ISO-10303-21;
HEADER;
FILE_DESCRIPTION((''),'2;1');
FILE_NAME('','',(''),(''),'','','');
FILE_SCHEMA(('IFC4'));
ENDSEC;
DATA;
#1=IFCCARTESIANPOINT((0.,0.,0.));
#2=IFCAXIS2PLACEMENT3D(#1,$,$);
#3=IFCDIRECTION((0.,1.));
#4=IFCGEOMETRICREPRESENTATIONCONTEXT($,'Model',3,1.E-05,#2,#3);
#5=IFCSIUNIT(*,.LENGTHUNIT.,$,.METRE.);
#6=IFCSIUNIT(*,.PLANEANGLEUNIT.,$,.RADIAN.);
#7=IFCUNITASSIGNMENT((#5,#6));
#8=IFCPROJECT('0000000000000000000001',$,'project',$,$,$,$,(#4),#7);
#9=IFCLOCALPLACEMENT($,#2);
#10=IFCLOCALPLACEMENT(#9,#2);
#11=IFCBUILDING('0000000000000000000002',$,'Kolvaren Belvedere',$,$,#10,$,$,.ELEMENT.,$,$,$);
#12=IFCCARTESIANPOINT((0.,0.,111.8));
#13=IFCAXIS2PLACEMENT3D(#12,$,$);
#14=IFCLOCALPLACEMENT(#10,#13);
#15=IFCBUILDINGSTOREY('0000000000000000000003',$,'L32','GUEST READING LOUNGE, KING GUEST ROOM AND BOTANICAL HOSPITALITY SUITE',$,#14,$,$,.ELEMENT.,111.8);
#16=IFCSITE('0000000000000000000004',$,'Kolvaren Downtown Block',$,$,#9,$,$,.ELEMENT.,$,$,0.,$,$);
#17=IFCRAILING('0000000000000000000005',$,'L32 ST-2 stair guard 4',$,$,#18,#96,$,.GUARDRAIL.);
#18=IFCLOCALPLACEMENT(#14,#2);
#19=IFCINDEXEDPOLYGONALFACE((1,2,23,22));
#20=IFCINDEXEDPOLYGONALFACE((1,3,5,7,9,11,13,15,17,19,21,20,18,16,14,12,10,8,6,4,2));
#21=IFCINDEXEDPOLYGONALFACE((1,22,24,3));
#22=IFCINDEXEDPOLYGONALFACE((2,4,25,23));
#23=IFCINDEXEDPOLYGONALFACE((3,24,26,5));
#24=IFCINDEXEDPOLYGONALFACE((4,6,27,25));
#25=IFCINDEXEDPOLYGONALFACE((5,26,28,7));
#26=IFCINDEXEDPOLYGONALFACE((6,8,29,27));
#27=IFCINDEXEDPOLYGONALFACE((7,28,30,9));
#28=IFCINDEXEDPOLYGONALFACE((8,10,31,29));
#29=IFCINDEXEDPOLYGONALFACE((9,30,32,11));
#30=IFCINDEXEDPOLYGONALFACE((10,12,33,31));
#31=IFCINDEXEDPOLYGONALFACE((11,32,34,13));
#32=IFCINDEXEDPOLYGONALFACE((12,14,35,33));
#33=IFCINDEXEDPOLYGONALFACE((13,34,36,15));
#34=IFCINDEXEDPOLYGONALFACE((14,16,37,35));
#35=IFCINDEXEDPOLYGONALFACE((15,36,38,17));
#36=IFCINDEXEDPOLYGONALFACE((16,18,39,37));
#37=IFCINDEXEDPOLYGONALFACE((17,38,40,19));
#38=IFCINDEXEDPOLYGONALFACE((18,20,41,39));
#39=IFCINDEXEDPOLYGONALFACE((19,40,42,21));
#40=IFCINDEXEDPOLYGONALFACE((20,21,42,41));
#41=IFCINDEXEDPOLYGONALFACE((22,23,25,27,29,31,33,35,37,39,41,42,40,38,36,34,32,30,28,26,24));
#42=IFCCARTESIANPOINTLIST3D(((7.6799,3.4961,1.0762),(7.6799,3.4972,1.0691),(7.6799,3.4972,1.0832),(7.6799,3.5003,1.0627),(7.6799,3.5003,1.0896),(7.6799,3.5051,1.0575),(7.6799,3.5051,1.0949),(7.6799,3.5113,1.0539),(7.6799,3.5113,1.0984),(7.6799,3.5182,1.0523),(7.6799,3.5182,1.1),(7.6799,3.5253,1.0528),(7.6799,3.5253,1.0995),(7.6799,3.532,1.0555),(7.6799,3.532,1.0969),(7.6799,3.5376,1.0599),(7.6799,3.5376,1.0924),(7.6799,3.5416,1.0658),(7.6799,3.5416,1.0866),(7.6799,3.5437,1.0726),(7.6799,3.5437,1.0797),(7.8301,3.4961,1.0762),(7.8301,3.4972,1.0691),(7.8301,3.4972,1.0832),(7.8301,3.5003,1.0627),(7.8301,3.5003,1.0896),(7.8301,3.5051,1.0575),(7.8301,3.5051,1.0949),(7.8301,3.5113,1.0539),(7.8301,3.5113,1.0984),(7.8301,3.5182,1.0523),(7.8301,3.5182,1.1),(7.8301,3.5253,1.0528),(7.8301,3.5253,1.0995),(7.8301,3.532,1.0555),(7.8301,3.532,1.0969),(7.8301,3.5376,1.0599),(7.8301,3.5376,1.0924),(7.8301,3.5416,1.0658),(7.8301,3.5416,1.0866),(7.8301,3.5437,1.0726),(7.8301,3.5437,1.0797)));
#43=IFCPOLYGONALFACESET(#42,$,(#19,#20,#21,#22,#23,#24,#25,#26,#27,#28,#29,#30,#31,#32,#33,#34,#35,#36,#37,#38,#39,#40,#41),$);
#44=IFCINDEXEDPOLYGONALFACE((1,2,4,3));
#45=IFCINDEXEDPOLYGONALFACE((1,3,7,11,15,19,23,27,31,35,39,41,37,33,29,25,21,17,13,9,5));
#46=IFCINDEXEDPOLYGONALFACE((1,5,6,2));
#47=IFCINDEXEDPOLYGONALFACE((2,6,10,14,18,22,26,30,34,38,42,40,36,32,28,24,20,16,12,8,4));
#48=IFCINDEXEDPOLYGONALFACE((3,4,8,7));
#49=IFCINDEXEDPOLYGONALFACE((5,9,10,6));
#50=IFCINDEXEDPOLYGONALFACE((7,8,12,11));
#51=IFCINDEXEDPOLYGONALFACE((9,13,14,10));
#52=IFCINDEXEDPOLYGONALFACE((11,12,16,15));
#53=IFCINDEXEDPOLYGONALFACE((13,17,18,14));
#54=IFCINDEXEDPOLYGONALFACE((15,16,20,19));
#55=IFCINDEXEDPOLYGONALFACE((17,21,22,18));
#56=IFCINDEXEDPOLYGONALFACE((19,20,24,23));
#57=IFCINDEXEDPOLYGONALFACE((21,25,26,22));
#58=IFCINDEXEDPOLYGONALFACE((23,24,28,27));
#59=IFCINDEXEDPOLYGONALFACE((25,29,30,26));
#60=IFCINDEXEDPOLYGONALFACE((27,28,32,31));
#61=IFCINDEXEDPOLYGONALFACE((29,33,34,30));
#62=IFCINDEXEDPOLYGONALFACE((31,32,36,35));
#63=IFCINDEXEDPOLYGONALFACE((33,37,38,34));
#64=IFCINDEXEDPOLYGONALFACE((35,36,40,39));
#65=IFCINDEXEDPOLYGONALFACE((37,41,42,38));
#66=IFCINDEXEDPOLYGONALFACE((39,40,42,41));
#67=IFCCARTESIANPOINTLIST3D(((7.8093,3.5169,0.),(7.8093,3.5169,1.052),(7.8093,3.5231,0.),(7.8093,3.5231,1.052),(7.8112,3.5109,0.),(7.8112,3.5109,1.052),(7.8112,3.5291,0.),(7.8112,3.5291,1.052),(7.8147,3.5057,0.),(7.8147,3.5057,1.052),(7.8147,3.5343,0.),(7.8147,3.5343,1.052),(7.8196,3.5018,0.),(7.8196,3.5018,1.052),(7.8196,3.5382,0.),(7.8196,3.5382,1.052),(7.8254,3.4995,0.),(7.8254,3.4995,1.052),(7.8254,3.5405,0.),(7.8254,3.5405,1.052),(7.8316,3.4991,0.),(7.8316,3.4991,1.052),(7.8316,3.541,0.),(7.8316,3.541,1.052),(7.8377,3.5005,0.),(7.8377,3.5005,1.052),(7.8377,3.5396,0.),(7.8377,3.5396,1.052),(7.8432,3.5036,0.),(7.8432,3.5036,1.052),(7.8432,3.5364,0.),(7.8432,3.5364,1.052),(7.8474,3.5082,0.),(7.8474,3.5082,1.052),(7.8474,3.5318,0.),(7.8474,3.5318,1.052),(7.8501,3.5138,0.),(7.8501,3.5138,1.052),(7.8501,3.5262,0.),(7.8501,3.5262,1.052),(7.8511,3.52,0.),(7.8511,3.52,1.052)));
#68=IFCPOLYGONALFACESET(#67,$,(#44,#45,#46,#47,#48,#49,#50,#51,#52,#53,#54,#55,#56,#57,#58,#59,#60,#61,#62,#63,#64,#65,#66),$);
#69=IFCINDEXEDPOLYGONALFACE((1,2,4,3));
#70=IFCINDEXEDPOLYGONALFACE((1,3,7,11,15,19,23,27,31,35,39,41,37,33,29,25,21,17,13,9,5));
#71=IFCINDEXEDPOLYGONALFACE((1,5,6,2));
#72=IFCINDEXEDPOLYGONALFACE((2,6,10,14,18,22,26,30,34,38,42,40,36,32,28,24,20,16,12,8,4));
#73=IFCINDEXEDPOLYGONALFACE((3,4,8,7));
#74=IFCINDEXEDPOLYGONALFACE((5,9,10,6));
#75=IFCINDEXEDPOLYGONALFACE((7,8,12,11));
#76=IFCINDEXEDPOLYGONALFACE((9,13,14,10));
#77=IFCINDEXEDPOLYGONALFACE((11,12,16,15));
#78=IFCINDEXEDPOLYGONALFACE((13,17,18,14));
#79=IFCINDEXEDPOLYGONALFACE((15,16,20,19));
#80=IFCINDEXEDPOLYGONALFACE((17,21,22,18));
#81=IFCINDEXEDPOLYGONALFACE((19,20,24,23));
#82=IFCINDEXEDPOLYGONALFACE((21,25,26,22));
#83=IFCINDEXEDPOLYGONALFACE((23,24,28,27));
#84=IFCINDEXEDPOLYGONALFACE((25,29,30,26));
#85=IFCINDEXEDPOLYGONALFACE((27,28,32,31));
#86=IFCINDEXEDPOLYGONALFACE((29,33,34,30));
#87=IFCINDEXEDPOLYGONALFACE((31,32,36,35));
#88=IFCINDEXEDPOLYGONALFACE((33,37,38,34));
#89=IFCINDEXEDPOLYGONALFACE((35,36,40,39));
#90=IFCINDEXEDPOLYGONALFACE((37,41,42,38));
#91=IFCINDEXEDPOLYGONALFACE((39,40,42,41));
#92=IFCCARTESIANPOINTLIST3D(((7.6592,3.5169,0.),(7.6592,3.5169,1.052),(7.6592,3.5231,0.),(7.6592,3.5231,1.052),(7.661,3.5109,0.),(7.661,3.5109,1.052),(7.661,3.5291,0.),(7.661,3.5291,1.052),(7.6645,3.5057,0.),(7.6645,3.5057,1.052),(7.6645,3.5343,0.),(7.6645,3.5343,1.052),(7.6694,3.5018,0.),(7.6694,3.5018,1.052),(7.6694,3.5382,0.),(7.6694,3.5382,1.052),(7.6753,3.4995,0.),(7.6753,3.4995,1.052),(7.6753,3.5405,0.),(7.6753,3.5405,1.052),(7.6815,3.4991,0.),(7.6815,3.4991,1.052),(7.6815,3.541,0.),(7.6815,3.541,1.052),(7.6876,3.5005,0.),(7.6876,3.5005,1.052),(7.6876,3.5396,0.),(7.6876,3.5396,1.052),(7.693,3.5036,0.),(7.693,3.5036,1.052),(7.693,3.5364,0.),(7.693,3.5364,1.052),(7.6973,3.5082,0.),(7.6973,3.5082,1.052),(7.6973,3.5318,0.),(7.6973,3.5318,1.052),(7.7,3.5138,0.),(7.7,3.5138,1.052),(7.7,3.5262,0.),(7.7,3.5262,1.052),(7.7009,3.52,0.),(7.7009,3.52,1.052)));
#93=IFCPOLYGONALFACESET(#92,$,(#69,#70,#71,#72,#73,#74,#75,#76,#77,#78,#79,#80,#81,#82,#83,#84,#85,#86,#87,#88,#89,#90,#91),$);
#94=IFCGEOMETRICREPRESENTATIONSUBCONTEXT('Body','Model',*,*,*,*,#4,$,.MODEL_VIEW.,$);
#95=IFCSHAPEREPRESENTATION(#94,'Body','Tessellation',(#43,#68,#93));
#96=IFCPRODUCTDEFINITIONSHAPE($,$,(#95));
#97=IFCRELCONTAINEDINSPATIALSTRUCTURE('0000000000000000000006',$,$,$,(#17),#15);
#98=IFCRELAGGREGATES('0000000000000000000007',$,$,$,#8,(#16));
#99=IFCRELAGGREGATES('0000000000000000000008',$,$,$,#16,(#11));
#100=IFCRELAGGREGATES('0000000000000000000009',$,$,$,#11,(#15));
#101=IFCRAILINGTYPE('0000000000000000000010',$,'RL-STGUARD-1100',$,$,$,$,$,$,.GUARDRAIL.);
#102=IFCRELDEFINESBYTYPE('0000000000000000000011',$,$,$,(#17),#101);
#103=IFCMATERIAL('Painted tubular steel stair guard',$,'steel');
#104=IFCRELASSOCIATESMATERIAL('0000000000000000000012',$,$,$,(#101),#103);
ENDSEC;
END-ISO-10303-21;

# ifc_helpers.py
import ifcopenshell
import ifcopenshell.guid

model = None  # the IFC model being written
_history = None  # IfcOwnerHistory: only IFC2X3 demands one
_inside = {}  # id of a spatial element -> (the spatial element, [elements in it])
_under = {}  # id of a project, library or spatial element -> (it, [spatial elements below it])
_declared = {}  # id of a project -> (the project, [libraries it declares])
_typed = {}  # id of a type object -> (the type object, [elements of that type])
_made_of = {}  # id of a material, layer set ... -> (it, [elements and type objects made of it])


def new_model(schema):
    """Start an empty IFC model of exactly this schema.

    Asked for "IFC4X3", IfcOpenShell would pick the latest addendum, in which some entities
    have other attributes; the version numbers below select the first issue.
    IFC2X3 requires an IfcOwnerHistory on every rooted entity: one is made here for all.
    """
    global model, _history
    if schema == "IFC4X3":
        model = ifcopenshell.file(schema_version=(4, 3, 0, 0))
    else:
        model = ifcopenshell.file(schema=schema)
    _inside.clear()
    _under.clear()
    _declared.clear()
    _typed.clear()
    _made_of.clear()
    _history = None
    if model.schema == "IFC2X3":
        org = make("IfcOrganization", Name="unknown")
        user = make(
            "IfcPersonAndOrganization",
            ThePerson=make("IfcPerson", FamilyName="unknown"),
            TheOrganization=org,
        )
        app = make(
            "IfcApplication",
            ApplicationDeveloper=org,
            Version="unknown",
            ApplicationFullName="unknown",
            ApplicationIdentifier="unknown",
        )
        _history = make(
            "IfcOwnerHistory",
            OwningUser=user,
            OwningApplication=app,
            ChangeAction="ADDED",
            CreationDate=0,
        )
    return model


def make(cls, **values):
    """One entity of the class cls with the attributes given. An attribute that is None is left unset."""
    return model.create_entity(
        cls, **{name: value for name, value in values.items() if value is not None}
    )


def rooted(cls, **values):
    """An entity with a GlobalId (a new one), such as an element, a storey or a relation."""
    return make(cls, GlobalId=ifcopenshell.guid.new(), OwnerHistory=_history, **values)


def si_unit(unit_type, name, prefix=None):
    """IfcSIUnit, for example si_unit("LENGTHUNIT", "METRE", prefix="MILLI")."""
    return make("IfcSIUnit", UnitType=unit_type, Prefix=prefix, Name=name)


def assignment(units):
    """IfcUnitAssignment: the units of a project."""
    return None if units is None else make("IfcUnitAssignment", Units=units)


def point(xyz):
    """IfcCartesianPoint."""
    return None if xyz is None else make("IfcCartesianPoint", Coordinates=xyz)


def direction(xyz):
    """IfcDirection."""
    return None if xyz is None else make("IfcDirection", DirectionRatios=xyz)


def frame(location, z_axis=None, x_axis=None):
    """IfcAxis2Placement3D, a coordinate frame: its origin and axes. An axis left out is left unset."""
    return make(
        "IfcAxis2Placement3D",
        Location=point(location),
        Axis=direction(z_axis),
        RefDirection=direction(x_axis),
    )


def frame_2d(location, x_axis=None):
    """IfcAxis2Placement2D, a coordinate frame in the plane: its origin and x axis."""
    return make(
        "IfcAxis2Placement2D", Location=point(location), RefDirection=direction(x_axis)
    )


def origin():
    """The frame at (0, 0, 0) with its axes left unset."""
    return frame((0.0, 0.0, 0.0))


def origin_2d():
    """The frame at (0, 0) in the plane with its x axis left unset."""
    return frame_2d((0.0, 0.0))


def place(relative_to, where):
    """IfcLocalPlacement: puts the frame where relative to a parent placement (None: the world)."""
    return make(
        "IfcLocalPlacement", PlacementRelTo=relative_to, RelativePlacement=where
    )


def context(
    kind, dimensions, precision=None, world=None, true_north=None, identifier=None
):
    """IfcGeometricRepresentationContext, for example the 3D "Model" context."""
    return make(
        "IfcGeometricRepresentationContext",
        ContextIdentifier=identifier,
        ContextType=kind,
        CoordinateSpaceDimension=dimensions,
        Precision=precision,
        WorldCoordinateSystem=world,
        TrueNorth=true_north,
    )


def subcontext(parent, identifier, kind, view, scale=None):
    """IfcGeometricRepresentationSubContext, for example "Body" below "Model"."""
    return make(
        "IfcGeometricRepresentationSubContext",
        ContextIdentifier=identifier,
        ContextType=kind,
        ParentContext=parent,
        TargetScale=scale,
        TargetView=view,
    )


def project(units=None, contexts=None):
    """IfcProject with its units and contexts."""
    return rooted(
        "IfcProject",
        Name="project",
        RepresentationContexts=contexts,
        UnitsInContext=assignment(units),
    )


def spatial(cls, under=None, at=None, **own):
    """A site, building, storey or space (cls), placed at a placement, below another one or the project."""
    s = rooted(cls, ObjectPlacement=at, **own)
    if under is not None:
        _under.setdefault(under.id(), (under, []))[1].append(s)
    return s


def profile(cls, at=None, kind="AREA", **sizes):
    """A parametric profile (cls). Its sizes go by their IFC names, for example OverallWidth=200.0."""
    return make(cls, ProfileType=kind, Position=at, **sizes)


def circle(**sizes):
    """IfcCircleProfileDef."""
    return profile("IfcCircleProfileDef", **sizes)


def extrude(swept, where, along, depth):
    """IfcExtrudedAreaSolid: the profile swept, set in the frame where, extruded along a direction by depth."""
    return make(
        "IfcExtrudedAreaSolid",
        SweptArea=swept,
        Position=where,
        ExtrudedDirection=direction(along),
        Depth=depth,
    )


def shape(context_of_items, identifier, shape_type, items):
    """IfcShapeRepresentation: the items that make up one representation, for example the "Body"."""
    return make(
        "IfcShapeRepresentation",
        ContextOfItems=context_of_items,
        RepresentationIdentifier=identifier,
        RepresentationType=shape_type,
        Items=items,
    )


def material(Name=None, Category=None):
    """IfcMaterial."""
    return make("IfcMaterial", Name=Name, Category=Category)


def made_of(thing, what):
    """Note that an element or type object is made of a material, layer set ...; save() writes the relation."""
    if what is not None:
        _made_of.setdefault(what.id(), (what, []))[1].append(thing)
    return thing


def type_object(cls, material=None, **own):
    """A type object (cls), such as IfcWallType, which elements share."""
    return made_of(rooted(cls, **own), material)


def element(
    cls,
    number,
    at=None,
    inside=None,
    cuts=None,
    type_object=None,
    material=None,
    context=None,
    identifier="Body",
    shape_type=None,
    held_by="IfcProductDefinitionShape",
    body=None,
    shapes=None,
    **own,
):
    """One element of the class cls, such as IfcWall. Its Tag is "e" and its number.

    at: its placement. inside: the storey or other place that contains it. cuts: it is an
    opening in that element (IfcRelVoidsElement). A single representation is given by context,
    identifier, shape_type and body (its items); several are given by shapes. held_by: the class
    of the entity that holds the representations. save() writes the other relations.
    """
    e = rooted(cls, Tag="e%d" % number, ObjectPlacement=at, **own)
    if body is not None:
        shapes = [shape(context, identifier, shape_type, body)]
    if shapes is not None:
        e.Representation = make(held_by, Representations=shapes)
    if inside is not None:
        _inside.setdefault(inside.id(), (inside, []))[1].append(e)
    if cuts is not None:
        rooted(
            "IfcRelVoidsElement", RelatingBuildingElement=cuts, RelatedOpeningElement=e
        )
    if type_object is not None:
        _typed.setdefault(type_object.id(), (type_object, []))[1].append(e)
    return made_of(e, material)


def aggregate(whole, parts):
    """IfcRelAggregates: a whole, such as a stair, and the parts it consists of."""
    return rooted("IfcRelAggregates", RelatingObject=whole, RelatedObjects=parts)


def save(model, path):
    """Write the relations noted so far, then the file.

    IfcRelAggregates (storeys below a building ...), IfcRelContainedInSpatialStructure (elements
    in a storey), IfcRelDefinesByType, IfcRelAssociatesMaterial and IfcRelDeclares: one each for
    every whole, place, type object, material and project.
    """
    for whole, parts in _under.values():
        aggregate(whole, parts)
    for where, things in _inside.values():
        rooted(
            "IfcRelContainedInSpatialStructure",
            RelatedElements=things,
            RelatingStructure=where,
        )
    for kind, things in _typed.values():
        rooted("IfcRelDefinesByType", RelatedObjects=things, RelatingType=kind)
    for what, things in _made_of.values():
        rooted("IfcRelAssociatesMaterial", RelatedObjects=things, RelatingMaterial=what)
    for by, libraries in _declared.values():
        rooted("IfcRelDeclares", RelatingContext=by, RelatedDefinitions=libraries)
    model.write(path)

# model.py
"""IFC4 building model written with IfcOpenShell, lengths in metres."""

from ifc_helpers import new_model, si_unit, direction, frame, origin, origin_2d, place, context, subcontext, project, spatial, circle, extrude, material, type_object, element, save


model = new_model("IFC4")

# Units and contexts
model_context = context("Model", 3, precision=1e-05, world=origin(), true_north=direction((0.0, 1.0)))
body_context = subcontext(model_context, "Body", "Model", "MODEL_VIEW")
ifc_project = project(units=[si_unit("LENGTHUNIT", "METRE"), si_unit("PLANEANGLEUNIT", "RADIAN")], contexts=[model_context])

# Site, building, storey
site_placement = place(None, origin())
site = spatial("IfcSite", under=ifc_project, at=site_placement, Name="Kolvaren Downtown Block", CompositionType="ELEMENT", RefElevation=0.0)
building_placement = place(site_placement, origin())
building = spatial("IfcBuilding", under=site, at=building_placement, Name="Kolvaren Belvedere", CompositionType="ELEMENT")
storey_placement = place(building_placement, frame((0.0, 0.0, 111.8)))
storey = spatial("IfcBuildingStorey", under=building, at=storey_placement, Name="L32", Description="GUEST READING LOUNGE, KING GUEST ROOM AND BOTANICAL HOSPITALITY SUITE", CompositionType="ELEMENT", Elevation=111.8)

# Railing
ifc_material_1 = material(Name="Painted tubular steel stair guard", Category="steel")
railing_type_1 = type_object("IfcRailingType", Name="RL-STGUARD-1100", PredefinedType="GUARDRAIL", material=ifc_material_1)
railing_1_placement = place(storey_placement, frame((7.8301, 3.52, 0.0)))
element("IfcRailing", 1, at=railing_1_placement, inside=storey, type_object=railing_type_1, Name="L32 ST-2 stair guard 4", PredefinedType="GUARDRAIL", context=body_context, shape_type="SweptSolid", body=[
    extrude(circle(Radius=0.0239, at=origin_2d()), frame((0.0, 0.0, 1.0762), z_axis=(-1.0, 0.0, 0.0), x_axis=(0.0, -1.0, 0.0)), (0.0, 0.0, 1.0), 0.1501),
    extrude(circle(Radius=0.021, at=origin_2d()), origin(), (0.0, 0.0, 1.0), 1.052),
    extrude(circle(Radius=0.021, at=origin_2d()), frame((-0.1501, 0.0, 0.0)), (0.0, 0.0, 1.0), 1.052),
])

save(model, "model.ifc")
